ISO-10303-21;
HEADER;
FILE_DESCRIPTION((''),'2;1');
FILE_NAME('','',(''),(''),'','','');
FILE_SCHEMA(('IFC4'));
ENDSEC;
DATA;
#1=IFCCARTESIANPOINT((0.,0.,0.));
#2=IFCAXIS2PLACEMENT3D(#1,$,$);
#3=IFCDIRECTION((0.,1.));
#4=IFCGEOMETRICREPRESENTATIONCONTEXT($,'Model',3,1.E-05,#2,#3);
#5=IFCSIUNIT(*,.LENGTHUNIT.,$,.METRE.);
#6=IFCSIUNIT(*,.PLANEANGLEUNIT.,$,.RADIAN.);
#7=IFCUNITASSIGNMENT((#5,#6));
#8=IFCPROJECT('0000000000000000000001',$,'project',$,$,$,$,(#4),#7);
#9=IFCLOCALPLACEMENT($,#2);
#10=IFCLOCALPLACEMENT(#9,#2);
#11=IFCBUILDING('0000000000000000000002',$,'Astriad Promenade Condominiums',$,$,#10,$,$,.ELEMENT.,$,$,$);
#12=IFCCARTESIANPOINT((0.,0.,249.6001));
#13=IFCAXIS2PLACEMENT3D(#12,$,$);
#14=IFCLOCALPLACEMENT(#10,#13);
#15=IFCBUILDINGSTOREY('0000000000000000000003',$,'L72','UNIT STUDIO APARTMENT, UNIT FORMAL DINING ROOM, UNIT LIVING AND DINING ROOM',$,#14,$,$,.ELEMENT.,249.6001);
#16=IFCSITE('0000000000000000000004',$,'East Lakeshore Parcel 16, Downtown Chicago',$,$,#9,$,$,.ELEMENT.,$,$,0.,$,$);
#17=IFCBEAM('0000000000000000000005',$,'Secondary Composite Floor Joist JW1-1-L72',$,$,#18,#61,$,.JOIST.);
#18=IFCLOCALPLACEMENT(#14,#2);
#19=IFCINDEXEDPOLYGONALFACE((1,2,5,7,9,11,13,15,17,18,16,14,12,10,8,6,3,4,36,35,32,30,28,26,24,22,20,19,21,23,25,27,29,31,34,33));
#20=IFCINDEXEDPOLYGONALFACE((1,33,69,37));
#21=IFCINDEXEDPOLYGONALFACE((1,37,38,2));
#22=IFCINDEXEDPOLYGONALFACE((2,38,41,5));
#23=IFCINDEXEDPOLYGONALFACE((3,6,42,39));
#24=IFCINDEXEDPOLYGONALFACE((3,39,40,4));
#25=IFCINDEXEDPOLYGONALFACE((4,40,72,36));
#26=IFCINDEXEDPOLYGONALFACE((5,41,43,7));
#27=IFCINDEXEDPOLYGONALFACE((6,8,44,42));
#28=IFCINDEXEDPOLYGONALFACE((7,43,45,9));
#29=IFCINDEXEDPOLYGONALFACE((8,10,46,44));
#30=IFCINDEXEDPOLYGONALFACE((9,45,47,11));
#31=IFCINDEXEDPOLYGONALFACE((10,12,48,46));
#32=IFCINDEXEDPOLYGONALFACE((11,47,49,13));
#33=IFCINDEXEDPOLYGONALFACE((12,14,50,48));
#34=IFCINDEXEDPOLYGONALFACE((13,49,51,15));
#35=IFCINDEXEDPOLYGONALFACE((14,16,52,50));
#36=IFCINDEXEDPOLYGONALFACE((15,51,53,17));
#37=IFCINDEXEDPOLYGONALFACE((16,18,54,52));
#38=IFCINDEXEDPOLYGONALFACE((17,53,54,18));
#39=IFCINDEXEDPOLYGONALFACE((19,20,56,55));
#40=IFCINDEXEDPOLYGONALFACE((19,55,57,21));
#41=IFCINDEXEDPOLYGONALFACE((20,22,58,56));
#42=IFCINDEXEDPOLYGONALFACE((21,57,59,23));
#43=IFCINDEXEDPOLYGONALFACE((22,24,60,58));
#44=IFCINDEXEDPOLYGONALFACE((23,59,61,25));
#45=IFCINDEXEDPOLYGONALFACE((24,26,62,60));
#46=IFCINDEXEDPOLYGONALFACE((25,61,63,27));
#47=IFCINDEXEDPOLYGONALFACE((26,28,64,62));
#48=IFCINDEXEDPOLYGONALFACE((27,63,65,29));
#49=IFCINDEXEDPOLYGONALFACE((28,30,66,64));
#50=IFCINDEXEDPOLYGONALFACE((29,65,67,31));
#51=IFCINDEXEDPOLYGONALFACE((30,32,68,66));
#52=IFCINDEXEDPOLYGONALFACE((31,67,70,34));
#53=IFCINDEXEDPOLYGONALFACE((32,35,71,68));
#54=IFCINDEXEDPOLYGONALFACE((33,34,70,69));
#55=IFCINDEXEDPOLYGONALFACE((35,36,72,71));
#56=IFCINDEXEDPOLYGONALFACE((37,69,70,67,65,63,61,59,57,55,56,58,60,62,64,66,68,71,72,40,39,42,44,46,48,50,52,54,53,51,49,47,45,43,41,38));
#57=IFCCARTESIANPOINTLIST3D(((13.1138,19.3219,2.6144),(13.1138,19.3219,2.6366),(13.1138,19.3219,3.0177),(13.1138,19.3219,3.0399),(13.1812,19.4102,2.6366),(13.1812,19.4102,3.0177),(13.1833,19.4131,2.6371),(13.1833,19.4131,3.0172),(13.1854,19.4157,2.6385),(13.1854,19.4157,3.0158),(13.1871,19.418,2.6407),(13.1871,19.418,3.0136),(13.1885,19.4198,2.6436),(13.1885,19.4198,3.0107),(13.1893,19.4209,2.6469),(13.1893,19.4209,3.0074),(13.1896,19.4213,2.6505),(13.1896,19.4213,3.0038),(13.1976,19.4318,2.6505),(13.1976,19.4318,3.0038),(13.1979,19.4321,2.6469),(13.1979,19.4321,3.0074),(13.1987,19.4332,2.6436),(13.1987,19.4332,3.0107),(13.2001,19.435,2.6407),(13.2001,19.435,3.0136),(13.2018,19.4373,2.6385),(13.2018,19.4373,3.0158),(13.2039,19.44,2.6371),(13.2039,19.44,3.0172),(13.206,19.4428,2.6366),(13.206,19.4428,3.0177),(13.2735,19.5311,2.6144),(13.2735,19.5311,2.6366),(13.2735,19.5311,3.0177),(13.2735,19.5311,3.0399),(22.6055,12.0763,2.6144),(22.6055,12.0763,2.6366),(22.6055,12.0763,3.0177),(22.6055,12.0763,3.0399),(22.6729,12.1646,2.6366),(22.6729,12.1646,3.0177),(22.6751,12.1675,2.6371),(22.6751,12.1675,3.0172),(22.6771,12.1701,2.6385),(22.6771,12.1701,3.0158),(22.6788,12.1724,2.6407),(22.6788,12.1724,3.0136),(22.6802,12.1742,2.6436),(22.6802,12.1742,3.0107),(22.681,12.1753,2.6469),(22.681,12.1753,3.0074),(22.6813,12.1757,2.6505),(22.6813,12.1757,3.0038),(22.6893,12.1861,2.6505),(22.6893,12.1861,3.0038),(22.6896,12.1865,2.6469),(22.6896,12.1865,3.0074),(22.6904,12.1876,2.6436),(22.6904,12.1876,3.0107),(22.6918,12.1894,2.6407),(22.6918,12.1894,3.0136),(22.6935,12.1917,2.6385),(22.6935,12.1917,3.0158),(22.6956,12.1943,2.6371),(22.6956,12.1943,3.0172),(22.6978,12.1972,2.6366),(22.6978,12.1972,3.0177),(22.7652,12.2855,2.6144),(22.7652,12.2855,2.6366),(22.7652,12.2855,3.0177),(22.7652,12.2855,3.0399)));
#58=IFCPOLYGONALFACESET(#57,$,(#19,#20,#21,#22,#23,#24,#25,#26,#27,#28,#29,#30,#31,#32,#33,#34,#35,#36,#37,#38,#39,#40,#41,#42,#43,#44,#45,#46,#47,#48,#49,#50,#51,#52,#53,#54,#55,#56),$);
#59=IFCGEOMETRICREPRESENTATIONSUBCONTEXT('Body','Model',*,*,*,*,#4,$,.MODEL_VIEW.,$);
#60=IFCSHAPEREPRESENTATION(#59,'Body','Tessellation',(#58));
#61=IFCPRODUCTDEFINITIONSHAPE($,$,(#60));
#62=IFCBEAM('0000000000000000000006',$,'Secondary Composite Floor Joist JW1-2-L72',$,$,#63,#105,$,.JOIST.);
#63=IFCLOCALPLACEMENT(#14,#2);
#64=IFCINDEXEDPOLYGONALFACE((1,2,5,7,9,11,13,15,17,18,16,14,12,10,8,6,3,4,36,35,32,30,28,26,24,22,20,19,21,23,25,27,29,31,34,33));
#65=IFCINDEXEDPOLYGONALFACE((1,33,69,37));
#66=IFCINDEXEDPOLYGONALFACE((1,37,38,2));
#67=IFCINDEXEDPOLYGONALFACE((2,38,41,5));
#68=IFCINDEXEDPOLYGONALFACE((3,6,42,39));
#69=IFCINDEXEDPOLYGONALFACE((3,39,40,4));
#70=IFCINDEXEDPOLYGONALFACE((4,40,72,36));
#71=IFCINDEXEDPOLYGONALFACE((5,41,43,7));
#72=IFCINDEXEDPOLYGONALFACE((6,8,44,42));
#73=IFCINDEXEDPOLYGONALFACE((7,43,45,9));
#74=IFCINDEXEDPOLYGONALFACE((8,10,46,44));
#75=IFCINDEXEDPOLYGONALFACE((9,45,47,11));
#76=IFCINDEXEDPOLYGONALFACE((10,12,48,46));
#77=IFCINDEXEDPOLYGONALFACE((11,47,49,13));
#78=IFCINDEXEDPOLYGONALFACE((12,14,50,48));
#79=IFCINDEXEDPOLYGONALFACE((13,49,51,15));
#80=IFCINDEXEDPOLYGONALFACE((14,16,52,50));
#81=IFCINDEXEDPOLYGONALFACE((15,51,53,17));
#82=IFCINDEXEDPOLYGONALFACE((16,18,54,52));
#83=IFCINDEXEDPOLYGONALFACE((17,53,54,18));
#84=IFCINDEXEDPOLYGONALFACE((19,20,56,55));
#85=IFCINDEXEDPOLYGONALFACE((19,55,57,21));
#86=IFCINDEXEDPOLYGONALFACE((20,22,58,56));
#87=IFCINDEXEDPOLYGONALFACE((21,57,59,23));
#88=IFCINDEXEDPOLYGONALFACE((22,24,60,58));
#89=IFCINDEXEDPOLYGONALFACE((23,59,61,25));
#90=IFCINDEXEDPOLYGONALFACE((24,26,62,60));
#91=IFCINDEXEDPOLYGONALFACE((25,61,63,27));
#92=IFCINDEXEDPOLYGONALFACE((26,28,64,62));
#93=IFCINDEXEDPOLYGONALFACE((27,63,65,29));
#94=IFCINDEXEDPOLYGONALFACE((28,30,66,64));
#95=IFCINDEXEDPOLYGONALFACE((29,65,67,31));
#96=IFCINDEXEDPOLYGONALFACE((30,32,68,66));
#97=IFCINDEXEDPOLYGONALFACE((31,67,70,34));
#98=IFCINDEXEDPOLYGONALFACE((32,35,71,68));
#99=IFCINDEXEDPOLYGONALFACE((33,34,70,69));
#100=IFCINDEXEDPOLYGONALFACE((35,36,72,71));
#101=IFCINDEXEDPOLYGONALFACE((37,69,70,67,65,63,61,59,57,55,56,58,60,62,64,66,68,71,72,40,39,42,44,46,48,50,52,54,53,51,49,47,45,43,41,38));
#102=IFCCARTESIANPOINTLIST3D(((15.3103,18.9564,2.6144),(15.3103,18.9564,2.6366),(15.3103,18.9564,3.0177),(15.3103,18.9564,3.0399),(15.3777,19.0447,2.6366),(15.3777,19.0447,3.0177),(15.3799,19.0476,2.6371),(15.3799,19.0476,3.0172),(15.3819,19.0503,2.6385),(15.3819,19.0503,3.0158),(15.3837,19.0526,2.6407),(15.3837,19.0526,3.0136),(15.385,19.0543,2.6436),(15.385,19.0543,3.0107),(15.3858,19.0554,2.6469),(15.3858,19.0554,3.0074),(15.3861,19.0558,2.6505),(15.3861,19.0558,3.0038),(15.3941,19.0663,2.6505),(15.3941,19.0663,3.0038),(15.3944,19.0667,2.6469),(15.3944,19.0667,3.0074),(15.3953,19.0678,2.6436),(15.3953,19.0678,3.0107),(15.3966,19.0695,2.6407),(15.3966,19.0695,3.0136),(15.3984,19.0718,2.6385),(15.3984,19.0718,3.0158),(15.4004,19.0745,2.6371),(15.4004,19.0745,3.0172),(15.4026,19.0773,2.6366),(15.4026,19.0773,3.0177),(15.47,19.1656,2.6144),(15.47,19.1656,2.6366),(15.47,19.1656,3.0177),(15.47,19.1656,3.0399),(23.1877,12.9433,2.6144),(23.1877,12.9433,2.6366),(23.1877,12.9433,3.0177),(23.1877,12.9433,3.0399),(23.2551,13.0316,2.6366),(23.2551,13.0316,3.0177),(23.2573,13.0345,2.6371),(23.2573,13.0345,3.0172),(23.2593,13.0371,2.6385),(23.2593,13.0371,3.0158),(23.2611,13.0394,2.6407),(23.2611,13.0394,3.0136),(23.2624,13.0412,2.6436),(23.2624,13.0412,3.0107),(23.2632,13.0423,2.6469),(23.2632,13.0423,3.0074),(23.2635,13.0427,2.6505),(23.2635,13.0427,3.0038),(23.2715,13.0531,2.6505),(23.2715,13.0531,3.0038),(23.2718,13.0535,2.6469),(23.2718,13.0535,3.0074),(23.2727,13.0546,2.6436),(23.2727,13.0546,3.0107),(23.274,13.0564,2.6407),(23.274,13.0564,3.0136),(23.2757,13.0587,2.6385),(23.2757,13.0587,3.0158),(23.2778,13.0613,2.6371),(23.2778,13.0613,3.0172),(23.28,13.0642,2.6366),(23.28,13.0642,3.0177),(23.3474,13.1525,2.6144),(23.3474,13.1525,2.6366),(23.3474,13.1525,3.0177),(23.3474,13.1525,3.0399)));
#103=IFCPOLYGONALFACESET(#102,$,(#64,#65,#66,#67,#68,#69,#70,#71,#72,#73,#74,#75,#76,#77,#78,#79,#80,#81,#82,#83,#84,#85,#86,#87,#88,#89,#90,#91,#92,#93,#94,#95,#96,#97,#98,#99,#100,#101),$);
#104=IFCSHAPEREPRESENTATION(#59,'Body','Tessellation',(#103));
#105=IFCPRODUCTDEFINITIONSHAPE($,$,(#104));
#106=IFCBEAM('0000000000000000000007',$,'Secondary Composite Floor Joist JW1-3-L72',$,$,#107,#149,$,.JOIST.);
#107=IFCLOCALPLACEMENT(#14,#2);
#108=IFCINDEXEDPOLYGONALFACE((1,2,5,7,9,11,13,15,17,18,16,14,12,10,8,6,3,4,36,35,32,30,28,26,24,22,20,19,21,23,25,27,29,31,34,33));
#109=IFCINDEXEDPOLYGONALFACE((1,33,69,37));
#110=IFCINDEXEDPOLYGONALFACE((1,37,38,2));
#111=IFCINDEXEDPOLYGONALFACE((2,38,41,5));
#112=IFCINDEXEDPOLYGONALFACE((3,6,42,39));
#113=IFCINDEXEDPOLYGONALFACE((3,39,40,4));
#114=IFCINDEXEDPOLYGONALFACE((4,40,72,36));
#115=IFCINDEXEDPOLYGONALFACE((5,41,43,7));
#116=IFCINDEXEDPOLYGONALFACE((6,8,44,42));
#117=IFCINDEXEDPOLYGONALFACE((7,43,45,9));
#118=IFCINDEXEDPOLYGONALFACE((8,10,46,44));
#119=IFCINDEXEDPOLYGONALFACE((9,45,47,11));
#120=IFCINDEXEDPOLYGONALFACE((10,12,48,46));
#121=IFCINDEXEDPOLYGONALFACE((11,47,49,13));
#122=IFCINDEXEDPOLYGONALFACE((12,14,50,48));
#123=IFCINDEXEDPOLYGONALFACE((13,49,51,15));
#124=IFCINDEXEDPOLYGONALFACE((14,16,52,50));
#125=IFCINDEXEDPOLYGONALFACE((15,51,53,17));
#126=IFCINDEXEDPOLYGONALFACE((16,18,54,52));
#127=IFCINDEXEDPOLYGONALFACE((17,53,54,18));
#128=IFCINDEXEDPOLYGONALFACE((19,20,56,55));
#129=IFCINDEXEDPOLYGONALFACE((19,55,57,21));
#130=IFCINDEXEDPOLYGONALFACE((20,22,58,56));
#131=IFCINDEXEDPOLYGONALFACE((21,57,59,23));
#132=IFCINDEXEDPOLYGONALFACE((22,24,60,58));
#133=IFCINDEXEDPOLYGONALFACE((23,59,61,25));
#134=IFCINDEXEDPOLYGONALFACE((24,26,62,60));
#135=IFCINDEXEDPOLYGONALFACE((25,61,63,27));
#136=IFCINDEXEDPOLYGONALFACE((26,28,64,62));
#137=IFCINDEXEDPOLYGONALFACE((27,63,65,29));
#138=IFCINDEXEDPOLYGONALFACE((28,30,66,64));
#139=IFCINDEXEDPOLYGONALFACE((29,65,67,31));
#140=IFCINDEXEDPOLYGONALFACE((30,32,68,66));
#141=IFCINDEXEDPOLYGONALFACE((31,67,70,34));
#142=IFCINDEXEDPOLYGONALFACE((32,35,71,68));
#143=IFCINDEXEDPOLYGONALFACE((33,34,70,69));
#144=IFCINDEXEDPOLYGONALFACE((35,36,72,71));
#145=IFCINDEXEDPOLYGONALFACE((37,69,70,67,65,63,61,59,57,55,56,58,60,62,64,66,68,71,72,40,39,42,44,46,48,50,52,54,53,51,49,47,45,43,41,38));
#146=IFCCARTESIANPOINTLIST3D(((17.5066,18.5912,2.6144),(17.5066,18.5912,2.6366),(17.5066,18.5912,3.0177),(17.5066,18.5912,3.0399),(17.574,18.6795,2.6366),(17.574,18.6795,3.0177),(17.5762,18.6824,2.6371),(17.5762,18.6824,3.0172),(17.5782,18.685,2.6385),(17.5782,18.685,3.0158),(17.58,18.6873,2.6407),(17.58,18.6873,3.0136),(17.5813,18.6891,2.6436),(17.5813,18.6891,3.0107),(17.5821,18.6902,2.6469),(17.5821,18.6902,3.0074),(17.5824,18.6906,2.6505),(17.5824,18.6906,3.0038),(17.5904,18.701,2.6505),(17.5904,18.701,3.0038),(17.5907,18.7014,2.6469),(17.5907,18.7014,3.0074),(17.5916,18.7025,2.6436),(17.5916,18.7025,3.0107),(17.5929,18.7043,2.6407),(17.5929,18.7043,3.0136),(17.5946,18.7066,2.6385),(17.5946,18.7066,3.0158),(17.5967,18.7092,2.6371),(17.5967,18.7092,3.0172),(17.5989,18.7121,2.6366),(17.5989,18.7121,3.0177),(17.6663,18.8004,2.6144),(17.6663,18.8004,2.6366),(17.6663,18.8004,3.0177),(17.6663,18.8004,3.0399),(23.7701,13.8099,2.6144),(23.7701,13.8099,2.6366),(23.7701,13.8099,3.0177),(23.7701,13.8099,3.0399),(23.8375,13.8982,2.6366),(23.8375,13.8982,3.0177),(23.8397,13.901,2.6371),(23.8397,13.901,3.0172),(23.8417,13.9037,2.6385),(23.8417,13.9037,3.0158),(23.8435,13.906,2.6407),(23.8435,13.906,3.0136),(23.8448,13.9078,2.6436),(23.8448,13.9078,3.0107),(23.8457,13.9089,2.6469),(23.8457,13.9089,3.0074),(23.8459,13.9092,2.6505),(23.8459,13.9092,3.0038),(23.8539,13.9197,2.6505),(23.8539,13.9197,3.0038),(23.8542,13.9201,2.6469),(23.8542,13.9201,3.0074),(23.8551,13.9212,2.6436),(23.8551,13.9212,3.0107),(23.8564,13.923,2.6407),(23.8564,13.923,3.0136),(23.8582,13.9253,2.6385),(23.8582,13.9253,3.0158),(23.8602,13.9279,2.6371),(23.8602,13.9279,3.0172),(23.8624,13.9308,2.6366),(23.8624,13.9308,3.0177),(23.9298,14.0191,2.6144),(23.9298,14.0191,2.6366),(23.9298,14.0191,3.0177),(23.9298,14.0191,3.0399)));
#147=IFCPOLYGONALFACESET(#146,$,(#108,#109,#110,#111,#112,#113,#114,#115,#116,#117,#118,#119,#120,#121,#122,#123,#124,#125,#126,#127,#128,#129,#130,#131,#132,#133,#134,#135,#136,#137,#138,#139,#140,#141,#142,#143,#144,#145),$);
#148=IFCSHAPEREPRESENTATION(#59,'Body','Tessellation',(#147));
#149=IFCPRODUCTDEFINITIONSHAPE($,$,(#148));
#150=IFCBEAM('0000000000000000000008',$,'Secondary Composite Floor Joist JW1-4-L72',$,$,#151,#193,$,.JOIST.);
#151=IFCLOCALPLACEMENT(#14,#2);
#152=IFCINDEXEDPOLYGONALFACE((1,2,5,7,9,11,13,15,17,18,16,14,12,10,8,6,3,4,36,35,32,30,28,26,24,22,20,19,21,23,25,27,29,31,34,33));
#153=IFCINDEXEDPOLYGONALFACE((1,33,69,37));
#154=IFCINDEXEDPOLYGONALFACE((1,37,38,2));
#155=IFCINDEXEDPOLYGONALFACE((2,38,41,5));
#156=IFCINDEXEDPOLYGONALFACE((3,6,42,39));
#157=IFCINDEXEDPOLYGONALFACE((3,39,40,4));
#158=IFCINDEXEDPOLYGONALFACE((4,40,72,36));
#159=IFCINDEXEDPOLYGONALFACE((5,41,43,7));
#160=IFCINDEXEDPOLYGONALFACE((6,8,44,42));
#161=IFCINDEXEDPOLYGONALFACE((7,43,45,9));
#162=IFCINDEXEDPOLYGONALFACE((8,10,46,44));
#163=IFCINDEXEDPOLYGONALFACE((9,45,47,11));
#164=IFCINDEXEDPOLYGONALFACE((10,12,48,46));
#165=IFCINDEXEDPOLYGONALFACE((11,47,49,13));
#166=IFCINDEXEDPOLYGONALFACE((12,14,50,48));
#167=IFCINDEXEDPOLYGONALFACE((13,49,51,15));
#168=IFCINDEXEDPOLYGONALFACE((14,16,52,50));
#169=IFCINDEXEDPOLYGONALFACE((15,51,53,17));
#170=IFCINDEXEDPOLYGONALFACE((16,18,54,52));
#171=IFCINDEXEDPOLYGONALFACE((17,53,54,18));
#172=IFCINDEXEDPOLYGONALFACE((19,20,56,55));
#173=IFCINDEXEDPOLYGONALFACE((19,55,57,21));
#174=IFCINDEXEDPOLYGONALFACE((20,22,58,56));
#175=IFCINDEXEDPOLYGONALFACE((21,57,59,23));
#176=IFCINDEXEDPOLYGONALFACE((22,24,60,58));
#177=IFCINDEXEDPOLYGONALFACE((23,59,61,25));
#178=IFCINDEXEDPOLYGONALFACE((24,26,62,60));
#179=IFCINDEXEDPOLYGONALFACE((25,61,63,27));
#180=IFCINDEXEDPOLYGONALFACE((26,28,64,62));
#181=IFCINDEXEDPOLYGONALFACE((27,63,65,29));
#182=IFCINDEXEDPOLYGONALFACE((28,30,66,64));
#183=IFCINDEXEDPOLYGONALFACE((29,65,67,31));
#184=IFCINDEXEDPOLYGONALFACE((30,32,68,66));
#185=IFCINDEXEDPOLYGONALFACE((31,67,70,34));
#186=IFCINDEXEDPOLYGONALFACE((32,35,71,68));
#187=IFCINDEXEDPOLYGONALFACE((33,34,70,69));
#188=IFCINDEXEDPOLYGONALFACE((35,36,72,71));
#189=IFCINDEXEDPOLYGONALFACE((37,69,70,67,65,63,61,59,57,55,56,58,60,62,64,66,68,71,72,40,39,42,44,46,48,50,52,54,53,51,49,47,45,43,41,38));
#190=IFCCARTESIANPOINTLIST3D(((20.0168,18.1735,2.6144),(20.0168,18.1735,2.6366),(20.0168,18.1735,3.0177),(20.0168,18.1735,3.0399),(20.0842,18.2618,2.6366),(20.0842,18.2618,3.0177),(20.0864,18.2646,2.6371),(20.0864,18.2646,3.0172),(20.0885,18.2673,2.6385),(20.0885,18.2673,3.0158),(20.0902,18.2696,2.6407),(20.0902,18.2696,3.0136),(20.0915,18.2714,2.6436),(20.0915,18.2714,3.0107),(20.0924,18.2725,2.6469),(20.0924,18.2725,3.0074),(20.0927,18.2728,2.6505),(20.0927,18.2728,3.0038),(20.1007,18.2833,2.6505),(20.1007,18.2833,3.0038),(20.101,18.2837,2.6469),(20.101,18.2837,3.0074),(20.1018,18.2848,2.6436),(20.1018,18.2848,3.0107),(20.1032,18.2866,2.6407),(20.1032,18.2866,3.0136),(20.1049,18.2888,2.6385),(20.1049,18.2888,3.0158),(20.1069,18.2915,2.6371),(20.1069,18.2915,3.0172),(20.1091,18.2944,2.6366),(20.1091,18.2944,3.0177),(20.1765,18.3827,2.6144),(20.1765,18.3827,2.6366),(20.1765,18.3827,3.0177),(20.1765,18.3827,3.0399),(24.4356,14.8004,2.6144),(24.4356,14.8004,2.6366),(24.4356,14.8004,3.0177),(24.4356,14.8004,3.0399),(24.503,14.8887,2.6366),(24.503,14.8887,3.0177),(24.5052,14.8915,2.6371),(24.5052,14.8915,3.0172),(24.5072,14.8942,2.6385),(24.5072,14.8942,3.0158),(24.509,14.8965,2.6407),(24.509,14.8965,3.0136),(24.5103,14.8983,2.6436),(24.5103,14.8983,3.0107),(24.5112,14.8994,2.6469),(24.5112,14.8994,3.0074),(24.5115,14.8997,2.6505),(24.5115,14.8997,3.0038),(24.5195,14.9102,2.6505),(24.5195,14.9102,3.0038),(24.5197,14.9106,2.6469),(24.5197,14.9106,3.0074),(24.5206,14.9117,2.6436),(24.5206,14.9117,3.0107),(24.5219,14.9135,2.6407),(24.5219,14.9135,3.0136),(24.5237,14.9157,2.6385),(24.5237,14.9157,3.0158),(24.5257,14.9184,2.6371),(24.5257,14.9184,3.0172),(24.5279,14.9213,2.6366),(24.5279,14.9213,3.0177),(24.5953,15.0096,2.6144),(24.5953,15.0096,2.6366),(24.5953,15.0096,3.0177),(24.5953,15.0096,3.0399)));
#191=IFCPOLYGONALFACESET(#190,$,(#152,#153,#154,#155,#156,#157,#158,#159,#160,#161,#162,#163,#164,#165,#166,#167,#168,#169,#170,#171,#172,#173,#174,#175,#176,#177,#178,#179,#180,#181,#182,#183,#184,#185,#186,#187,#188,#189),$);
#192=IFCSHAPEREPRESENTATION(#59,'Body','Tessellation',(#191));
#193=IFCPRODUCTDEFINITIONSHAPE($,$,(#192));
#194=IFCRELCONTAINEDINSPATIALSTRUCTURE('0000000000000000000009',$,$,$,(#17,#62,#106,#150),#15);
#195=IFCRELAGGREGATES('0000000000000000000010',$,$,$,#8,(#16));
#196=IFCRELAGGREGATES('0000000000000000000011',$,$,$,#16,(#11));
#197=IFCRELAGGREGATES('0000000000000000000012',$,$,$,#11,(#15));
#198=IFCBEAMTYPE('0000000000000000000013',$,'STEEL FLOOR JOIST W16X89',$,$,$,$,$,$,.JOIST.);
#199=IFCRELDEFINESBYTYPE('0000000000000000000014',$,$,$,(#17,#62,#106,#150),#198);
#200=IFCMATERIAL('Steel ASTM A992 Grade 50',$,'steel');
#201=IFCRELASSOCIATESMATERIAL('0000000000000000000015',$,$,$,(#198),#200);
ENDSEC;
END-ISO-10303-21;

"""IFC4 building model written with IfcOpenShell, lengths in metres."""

from ifc_helpers import new_model, si_unit, direction, frame, origin, origin_2d, place, context, subcontext, project, spatial, i_section, extrude, source, transform, mapped, material, material_profile, profile_set, type_object, type_shapes, element, save


model = new_model("IFC4")

# Units and contexts
model_context = context("Model", 3, precision=1e-05, world=origin(), true_north=direction((0.0, 1.0)))
body_context = subcontext(model_context, "Body", "Model", "MODEL_VIEW")
ifc_project = project(units=[si_unit("LENGTHUNIT", "METRE"), si_unit("PLANEANGLEUNIT", "RADIAN")], contexts=[model_context])

# Site, building, storey
site_placement = place(None, origin())
site = spatial("IfcSite", under=ifc_project, at=site_placement, Name="East Lakeshore Parcel 16, Downtown Chicago", CompositionType="ELEMENT", RefElevation=0.0)
building_placement = place(site_placement, origin())
building = spatial("IfcBuilding", under=site, at=building_placement, Name="Astriad Promenade Condominiums", CompositionType="ELEMENT")
storey_placement = place(building_placement, frame((0.0, 0.0, 249.6001)))
storey = spatial("IfcBuildingStorey", under=building, at=storey_placement, Name="L72", Description="UNIT STUDIO APARTMENT, UNIT FORMAL DINING ROOM, UNIT LIVING AND DINING ROOM", CompositionType="ELEMENT", Elevation=249.6001)

# Beams
ifc_material_1 = material(Name="Steel ASTM A992 Grade 50", Category="steel")
ifc_material_profile_1 = material_profile(ifc_material_1, i_section(OverallWidth=0.2632, OverallDepth=0.4255, WebThickness=0.0132, FlangeThickness=0.0222, FilletRadius=0.0139, at=origin_2d()), Name="W16X89")
ifc_profile_set_1 = profile_set([ifc_material_profile_1], Name="Steel ASTM A992 Grade 50")
beam_type_1 = type_object("IfcBeamType", Name="STEEL FLOOR JOIST W16X89", PredefinedType="JOIST", material=ifc_profile_set_1)
shared_shape_1 = source(origin(), body_context, "Body", "SweptSolid", [
    extrude(i_section(OverallWidth=0.2632, OverallDepth=0.4255, WebThickness=0.0132, FlangeThickness=0.0222, FilletRadius=0.0139, at=origin_2d()), origin(), (0.0, 0.0, 1.0), 11.9412),
])
beam_1_placement = place(storey_placement, frame((13.1936, 19.4265, 2.8271), z_axis=(0.794873, -0.606776, 0.0), x_axis=(0.606776, 0.794873, 0.0)))
element("IfcBeam", 1, at=beam_1_placement, inside=storey, type_object=beam_type_1, Name="Secondary Composite Floor Joist JW1-1-L72", PredefinedType="JOIST", context=body_context, shape_type="MappedRepresentation", body=[
    mapped(shared_shape_1, transform((0.0, 0.0, 0.0), scale=1.0)),
])
shared_shape_2 = source(origin(), body_context, "Body", "SweptSolid", [
    extrude(i_section(OverallWidth=0.2632, OverallDepth=0.4255, WebThickness=0.0132, FlangeThickness=0.0222, FilletRadius=0.0139, at=origin_2d()), origin(), (0.0, 0.0, 1.0), 9.9102),
])
beam_2_placement = place(storey_placement, frame((15.3901, 19.061, 2.8271), z_axis=(0.794881, -0.606766, 0.0), x_axis=(0.606766, 0.794881, 0.0)))
element("IfcBeam", 2, at=beam_2_placement, inside=storey, type_object=beam_type_1, Name="Secondary Composite Floor Joist JW1-2-L72", PredefinedType="JOIST", context=body_context, shape_type="MappedRepresentation", body=[
    mapped(shared_shape_2, transform((0.0, 0.0, 0.0), scale=1.0)),
])
shared_shape_3 = source(origin(), body_context, "Body", "SweptSolid", [
    extrude(i_section(OverallWidth=0.2632, OverallDepth=0.4255, WebThickness=0.0132, FlangeThickness=0.0222, FilletRadius=0.0139, at=origin_2d()), origin(), (0.0, 0.0, 1.0), 7.8799),
])
beam_3_placement = place(storey_placement, frame((17.5864, 18.6958, 2.8271), z_axis=(0.794874, -0.606775, 0.0), x_axis=(0.606775, 0.794874, 0.0)))
element("IfcBeam", 3, at=beam_3_placement, inside=storey, type_object=beam_type_1, Name="Secondary Composite Floor Joist JW1-3-L72", PredefinedType="JOIST", context=body_context, shape_type="MappedRepresentation", body=[
    mapped(shared_shape_3, transform((0.0, 0.0, 0.0), scale=1.0)),
])
shared_shape_4 = source(origin(), body_context, "Body", "SweptSolid", [
    extrude(i_section(OverallWidth=0.2632, OverallDepth=0.4255, WebThickness=0.0132, FlangeThickness=0.0222, FilletRadius=0.0139, at=origin_2d()), origin(), (0.0, 0.0, 1.0), 5.5591),
])
type_shapes(beam_type_1, [shared_shape_1, shared_shape_2, shared_shape_3, shared_shape_4])
beam_4_placement = place(storey_placement, frame((20.0967, 18.2781, 2.8271), z_axis=(0.794875, -0.606773, 0.0), x_axis=(0.606773, 0.794875, 0.0)))
element("IfcBeam", 4, at=beam_4_placement, inside=storey, type_object=beam_type_1, Name="Secondary Composite Floor Joist JW1-4-L72", PredefinedType="JOIST", context=body_context, shape_type="MappedRepresentation", body=[
    mapped(shared_shape_4, transform((0.0, 0.0, 0.0), scale=1.0)),
])

save(model, "model.ifc")
